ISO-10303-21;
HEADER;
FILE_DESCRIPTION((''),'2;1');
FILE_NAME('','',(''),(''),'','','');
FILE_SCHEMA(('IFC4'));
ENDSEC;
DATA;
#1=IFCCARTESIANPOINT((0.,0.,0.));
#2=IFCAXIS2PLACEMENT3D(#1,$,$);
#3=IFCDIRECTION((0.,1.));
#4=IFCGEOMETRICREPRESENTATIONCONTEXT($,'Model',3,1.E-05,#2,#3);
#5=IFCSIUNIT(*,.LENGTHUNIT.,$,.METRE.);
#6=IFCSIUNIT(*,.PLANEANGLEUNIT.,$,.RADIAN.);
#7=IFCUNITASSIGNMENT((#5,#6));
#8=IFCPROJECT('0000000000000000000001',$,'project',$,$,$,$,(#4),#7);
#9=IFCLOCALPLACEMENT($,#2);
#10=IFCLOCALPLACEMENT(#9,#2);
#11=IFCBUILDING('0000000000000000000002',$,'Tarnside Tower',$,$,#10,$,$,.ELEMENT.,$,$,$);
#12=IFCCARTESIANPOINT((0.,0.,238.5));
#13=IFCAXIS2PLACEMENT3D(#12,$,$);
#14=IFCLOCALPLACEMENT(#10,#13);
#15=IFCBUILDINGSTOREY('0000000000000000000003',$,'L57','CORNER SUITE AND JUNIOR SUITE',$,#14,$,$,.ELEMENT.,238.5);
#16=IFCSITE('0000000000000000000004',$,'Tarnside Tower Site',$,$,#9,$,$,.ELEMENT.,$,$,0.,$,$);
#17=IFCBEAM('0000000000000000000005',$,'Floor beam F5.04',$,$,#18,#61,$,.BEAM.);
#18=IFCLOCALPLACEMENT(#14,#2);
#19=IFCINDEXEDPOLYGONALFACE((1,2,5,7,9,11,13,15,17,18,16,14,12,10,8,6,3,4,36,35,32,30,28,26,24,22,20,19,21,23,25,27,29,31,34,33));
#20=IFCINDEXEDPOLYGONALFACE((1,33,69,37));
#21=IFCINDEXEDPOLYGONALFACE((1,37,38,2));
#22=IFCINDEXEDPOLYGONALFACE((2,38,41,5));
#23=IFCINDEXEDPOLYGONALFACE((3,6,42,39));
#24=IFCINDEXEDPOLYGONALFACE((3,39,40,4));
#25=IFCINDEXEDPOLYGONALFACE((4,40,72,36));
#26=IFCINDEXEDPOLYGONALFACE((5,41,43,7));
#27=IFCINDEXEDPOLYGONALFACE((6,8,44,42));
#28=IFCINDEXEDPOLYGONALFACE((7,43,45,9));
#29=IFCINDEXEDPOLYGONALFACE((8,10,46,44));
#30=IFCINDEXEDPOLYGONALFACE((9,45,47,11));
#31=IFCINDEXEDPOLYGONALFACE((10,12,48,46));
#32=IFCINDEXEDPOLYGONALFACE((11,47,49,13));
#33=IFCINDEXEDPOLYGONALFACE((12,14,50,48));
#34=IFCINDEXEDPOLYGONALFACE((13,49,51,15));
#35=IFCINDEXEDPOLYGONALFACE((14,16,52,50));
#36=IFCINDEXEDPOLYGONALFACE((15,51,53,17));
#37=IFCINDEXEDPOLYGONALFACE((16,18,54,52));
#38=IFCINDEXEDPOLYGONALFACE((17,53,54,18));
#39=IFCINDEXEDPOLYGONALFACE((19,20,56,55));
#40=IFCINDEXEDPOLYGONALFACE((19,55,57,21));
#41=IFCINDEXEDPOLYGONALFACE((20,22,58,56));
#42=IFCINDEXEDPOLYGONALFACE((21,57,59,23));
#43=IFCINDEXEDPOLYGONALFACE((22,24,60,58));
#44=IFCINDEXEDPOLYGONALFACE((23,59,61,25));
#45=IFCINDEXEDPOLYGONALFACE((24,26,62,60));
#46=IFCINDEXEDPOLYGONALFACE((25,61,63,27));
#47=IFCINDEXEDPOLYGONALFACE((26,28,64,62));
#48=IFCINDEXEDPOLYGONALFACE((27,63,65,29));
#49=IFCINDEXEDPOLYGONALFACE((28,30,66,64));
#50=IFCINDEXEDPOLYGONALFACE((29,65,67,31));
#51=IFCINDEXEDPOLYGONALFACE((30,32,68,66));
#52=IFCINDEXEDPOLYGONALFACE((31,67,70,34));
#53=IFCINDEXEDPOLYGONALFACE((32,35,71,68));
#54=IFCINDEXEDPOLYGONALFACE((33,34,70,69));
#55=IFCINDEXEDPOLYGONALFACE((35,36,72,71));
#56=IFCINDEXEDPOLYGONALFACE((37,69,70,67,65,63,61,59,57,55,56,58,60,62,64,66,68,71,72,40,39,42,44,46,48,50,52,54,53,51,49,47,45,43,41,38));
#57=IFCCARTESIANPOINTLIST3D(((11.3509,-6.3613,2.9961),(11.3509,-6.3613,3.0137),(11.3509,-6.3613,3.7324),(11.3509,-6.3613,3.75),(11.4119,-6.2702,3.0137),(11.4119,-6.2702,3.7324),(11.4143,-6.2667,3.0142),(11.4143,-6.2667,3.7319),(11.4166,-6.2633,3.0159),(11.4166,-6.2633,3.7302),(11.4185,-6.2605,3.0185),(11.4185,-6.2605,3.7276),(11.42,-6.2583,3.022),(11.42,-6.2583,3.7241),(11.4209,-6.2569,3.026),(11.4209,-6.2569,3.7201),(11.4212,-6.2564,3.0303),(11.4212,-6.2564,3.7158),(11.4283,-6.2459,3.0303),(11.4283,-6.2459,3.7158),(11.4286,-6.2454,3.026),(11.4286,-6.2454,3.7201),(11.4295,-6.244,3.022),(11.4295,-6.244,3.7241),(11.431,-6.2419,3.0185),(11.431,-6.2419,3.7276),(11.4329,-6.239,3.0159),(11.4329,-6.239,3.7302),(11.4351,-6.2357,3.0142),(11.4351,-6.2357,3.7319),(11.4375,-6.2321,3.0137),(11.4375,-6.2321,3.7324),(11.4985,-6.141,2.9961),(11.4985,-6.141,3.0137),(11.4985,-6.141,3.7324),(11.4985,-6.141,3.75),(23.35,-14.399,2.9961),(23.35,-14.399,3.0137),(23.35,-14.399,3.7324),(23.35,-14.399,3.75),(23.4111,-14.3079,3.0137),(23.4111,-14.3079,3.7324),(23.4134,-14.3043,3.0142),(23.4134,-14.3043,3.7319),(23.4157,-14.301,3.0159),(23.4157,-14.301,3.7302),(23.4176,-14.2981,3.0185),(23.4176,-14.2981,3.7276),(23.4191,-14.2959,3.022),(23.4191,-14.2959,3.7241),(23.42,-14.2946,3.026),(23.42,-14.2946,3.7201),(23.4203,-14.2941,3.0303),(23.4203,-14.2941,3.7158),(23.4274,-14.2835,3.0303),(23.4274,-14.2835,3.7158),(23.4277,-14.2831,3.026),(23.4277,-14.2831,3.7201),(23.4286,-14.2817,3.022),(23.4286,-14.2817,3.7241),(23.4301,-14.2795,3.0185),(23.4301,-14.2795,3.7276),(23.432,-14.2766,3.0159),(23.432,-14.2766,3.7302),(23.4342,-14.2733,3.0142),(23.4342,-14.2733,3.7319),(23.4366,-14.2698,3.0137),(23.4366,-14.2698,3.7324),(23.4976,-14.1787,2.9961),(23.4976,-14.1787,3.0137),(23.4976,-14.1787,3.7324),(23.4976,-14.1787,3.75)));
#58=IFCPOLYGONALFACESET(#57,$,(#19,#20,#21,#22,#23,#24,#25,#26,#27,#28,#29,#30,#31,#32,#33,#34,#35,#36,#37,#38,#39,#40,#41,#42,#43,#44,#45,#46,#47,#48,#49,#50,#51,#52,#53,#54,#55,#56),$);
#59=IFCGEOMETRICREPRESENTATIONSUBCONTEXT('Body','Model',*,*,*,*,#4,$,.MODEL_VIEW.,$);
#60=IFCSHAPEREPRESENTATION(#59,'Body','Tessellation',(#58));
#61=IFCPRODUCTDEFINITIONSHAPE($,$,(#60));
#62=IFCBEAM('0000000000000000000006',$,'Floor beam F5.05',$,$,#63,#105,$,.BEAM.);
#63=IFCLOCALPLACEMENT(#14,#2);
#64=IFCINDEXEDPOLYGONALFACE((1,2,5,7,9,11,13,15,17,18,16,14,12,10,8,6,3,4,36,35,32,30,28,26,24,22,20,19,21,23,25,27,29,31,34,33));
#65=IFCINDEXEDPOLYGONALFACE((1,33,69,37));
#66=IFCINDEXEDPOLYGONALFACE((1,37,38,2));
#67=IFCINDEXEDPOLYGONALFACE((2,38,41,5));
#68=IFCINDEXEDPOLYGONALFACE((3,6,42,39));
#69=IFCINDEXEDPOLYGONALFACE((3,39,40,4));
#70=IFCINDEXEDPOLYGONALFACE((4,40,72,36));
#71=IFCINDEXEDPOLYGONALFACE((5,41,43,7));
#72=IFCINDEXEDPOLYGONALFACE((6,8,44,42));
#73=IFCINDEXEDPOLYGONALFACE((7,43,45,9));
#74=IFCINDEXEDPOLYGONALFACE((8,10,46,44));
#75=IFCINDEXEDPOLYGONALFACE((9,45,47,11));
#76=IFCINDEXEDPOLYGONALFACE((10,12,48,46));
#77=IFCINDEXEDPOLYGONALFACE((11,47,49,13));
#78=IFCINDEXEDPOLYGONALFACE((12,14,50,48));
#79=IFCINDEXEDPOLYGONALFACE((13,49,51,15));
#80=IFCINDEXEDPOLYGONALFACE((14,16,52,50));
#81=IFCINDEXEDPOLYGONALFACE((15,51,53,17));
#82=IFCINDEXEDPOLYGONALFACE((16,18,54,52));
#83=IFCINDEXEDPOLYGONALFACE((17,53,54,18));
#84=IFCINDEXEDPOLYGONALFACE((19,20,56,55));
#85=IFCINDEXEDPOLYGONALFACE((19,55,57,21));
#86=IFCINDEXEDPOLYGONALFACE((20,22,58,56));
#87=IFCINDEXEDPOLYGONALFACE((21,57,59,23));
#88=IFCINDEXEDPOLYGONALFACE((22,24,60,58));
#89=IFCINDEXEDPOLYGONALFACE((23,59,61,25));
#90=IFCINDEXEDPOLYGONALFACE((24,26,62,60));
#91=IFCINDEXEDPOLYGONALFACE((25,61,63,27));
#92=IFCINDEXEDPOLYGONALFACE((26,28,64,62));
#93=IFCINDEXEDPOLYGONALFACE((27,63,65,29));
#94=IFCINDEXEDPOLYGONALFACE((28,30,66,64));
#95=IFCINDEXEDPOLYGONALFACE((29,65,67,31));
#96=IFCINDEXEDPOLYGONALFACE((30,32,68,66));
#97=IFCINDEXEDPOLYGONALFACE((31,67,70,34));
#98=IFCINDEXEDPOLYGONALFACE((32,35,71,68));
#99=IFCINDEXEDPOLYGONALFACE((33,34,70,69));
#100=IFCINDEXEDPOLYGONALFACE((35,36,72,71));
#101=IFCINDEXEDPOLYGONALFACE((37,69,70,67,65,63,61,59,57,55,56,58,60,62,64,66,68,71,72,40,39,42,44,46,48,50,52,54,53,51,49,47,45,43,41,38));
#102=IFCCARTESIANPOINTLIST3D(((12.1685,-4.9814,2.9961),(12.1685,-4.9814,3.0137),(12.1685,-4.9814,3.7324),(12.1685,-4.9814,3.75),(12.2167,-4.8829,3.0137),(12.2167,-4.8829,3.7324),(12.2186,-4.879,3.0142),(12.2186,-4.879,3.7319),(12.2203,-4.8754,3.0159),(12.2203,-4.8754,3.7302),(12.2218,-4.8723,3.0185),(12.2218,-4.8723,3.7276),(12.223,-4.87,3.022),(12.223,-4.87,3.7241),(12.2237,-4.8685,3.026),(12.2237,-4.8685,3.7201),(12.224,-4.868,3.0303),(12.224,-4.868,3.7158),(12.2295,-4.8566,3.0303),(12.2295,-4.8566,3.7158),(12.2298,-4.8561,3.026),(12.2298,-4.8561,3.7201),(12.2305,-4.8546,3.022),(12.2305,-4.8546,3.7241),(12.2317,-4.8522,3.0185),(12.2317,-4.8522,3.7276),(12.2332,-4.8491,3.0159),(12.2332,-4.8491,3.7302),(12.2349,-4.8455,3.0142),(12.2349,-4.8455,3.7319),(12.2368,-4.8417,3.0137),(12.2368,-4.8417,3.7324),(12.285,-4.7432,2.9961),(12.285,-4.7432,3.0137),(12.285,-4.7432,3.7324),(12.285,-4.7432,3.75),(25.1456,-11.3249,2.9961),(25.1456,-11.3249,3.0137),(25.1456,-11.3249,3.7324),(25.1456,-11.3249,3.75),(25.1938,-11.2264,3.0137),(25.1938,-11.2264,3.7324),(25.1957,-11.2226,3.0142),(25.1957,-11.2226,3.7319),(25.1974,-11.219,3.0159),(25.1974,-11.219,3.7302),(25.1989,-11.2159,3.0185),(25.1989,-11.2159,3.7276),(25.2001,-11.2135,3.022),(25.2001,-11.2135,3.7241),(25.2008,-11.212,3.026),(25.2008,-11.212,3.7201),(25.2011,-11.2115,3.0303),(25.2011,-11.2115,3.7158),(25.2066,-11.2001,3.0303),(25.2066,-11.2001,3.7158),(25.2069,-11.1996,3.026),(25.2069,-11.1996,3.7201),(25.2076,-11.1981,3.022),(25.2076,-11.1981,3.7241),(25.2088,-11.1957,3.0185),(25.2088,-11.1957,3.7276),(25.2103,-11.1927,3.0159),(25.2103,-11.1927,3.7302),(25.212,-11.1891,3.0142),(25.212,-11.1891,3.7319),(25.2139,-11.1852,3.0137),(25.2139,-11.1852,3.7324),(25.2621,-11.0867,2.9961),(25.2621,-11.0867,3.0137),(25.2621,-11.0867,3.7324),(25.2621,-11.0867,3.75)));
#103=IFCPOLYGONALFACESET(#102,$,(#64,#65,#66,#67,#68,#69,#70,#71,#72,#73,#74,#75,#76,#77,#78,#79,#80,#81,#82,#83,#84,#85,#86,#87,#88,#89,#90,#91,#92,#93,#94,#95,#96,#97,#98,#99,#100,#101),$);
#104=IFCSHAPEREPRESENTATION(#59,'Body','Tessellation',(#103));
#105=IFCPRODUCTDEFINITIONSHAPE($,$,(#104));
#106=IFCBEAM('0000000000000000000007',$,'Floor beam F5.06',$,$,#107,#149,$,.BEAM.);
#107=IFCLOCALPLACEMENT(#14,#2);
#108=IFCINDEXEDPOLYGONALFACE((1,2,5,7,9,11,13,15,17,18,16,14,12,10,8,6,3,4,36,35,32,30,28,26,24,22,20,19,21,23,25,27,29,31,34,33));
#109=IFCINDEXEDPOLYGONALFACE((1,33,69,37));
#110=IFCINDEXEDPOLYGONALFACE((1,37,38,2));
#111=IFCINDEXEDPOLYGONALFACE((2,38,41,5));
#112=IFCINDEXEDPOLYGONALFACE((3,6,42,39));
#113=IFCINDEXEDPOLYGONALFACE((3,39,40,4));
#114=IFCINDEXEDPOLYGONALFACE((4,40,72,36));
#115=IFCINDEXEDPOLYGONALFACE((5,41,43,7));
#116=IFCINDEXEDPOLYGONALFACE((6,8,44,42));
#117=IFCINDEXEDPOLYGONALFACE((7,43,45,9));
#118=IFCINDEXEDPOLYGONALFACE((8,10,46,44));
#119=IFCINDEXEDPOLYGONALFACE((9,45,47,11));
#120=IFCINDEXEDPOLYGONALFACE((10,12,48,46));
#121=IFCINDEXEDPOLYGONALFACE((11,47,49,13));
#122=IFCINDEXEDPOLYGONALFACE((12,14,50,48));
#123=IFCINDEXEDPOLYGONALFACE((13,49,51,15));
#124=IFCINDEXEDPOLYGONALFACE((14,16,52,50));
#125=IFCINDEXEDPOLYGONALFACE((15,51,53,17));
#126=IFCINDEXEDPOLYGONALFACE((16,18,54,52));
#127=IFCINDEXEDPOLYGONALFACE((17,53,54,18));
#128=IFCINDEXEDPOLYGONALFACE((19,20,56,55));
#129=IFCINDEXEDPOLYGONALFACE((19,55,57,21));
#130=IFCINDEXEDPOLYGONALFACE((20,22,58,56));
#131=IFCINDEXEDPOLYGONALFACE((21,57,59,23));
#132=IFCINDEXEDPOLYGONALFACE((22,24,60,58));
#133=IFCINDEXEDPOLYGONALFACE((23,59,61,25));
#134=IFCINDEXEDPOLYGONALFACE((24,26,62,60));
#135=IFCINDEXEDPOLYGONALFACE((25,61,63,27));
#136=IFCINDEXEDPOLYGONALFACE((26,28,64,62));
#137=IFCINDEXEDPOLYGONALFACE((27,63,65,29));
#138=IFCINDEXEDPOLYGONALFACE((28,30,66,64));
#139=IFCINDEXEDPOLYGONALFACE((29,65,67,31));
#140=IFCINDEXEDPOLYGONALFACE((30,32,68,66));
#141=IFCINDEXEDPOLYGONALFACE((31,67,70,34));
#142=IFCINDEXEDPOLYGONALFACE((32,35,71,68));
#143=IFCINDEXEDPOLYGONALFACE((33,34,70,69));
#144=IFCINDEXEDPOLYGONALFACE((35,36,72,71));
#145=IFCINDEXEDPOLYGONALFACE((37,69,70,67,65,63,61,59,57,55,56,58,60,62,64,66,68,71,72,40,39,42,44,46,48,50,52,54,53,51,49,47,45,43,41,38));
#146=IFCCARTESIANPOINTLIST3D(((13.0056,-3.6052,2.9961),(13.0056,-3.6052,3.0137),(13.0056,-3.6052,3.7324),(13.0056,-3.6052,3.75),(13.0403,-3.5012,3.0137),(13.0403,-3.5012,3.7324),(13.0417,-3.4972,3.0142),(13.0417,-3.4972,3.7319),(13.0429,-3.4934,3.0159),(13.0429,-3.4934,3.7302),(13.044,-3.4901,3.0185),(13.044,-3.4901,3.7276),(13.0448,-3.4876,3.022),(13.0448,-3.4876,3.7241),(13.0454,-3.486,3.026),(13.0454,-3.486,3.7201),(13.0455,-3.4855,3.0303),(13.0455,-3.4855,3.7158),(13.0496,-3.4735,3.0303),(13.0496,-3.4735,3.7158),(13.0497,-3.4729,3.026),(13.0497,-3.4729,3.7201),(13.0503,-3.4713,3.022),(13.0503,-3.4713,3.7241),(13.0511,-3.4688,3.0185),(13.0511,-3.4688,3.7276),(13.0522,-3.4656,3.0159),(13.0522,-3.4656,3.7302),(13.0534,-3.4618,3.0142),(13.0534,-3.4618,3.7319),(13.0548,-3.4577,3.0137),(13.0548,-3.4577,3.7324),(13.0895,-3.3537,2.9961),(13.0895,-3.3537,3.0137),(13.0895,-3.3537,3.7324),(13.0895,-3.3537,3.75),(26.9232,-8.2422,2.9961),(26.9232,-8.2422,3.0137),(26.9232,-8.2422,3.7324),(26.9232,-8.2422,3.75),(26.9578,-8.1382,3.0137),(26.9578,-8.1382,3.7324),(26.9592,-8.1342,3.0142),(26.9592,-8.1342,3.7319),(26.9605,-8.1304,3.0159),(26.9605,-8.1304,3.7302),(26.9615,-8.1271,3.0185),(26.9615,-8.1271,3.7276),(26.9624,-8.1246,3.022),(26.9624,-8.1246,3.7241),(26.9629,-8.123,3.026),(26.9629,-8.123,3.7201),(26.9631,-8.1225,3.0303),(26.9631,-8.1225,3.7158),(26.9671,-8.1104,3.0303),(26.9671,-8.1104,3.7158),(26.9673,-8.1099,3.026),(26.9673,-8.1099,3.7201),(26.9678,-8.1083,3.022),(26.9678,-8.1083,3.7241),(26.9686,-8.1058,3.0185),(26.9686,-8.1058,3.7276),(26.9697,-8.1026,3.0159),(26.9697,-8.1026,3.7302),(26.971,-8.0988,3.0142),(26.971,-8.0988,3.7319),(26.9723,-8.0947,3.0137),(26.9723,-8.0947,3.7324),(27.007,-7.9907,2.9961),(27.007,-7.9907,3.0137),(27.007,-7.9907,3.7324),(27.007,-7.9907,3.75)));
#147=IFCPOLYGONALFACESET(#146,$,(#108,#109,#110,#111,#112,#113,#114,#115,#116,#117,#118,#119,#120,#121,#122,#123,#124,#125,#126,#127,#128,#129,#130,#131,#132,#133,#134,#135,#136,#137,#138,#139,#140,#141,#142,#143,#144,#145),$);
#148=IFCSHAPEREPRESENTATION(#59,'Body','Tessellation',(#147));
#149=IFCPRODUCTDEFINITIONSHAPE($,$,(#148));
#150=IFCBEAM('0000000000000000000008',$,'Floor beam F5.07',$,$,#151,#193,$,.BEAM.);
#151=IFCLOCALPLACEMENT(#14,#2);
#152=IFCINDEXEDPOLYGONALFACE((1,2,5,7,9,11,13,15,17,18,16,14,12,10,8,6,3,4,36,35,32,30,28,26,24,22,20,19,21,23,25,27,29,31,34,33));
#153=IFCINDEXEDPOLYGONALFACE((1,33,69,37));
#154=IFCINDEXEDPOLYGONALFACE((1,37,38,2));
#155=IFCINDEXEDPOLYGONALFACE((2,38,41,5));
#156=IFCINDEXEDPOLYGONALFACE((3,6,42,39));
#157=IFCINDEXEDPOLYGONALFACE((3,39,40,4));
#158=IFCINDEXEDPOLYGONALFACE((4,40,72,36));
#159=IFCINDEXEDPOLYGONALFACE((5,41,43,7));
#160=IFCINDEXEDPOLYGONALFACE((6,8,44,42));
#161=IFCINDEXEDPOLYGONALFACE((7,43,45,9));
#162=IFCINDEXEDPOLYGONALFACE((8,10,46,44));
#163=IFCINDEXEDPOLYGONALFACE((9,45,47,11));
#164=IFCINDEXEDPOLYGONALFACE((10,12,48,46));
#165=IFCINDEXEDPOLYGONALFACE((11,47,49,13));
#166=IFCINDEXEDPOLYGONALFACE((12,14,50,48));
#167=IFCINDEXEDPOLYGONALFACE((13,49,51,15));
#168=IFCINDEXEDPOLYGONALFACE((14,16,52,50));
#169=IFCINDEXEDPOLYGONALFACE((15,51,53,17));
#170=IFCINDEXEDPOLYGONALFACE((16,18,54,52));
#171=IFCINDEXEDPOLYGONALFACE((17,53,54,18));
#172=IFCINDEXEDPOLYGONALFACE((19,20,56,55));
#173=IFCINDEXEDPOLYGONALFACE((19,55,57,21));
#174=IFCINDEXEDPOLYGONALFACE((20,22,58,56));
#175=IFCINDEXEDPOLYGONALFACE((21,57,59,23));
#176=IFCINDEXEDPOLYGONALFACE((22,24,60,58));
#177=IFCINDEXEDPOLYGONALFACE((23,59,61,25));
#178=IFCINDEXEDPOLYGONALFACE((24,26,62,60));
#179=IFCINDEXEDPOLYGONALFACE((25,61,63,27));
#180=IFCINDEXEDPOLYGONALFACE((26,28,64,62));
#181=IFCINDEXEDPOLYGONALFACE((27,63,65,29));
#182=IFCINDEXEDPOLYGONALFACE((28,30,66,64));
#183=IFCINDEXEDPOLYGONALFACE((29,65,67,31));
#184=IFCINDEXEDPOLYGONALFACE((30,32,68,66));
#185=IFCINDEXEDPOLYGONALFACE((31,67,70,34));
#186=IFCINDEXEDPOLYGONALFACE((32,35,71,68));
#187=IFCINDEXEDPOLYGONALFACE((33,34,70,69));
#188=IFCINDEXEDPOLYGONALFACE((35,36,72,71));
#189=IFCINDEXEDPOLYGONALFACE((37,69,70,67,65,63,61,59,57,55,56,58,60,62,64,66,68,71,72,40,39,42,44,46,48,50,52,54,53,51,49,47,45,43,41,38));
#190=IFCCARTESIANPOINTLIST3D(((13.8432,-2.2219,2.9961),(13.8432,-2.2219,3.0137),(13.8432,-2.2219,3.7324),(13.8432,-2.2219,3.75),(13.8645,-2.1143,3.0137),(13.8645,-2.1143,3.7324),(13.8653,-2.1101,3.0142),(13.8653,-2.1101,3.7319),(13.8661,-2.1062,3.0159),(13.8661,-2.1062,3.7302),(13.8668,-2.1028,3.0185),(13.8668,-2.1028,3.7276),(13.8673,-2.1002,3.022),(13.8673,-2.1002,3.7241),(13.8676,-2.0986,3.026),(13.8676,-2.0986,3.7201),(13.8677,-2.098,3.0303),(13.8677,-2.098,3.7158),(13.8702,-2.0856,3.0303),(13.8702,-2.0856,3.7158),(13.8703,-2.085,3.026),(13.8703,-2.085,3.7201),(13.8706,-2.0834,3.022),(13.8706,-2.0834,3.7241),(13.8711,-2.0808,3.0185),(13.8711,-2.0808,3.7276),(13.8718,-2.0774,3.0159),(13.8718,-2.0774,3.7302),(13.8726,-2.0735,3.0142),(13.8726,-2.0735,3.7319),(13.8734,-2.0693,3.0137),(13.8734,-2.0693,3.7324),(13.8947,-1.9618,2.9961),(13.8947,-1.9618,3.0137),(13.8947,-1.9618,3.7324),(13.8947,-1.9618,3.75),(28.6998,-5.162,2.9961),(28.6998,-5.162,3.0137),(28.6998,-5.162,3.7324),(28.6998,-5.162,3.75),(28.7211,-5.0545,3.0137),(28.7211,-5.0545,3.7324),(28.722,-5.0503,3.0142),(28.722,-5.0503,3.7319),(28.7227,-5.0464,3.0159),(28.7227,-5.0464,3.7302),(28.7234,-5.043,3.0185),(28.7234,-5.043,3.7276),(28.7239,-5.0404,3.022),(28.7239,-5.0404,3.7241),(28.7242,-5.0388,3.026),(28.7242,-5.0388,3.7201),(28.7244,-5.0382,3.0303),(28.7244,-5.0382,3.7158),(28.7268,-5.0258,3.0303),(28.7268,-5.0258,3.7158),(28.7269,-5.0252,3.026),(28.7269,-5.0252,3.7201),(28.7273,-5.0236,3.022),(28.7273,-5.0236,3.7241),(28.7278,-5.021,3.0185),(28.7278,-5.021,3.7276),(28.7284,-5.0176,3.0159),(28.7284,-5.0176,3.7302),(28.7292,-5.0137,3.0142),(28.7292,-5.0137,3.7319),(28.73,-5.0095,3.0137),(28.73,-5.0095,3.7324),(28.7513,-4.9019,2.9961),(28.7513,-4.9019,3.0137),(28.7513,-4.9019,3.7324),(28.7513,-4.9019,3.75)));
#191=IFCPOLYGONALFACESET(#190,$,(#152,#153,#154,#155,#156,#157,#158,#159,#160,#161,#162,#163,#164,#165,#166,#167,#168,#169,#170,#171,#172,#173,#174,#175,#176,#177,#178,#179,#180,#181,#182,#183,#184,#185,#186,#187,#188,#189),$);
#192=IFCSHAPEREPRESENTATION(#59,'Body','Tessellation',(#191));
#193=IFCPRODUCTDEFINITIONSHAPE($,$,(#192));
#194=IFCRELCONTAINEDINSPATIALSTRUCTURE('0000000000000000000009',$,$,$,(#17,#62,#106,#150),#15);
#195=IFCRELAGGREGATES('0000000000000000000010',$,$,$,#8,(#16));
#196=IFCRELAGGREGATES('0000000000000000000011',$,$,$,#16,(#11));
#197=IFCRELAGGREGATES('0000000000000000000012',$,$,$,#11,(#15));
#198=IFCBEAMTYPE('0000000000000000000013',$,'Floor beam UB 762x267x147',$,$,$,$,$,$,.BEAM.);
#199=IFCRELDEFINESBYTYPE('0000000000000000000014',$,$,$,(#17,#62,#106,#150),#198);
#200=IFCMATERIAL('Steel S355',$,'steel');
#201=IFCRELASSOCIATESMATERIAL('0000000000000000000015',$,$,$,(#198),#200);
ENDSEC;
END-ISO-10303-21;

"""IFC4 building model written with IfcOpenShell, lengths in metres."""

from ifc_helpers import new_model, si_unit, direction, frame, origin, origin_2d, place, context, subcontext, project, spatial, i_section, extrude, material, material_profile, profile_set, type_object, element, save


model = new_model("IFC4")

# Units and contexts
model_context = context("Model", 3, precision=1e-05, world=origin(), true_north=direction((0.0, 1.0)))
body_context = subcontext(model_context, "Body", "Model", "MODEL_VIEW")
ifc_project = project(units=[si_unit("LENGTHUNIT", "METRE"), si_unit("PLANEANGLEUNIT", "RADIAN")], contexts=[model_context])

# Site, building, storey
site_placement = place(None, origin())
site = spatial("IfcSite", under=ifc_project, at=site_placement, Name="Tarnside Tower Site", CompositionType="ELEMENT", RefElevation=0.0)
building_placement = place(site_placement, origin())
building = spatial("IfcBuilding", under=site, at=building_placement, Name="Tarnside Tower", CompositionType="ELEMENT")
storey_placement = place(building_placement, frame((0.0, 0.0, 238.5)))
storey = spatial("IfcBuildingStorey", under=building, at=storey_placement, Name="L57", Description="CORNER SUITE AND JUNIOR SUITE", CompositionType="ELEMENT", Elevation=238.5)

# Beams
ifc_material_1 = material(Name="Steel S355", Category="steel")
ifc_material_profile_1 = material_profile(ifc_material_1, i_section(OverallWidth=0.2651, OverallDepth=0.7539, WebThickness=0.0127, FlangeThickness=0.0176, FilletRadius=0.0166, at=origin_2d()), Name="UB 762x267x147")
ifc_profile_set_1 = profile_set([ifc_material_profile_1], Name="Steel S355")
beam_type_1 = type_object("IfcBeamType", Name="Floor beam UB 762x267x147", PredefinedType="BEAM", material=ifc_profile_set_1)
beam_1_placement = place(storey_placement, frame((23.4238, -14.2888, 3.373), z_axis=(-0.830826, 0.556532, 0.0), x_axis=(-0.556532, -0.830826, 0.0)))
element("IfcBeam", 1, at=beam_1_placement, inside=storey, type_object=beam_type_1, Name="Floor beam F5.04", PredefinedType="BEAM", context=body_context, shape_type="SweptSolid", body=[
    extrude(i_section(OverallWidth=0.2651, OverallDepth=0.7539, WebThickness=0.0127, FlangeThickness=0.0176, FilletRadius=0.0166, at=origin_2d()), origin(), (0.0, 0.0, 1.0), 14.4424),
])
beam_2_placement = place(storey_placement, frame((25.2039, -11.2058, 3.373), z_axis=(-0.898407, 0.439164, 0.0), x_axis=(-0.439164, -0.898407, 0.0)))
element("IfcBeam", 2, at=beam_2_placement, inside=storey, type_object=beam_type_1, Name="Floor beam F5.05", PredefinedType="BEAM", context=body_context, shape_type="SweptSolid", body=[
    extrude(i_section(OverallWidth=0.2651, OverallDepth=0.7539, WebThickness=0.0127, FlangeThickness=0.0176, FilletRadius=0.0166, at=origin_2d()), origin(), (0.0, 0.0, 1.0), 14.4446),
])
beam_3_placement = place(storey_placement, frame((26.9651, -8.1165, 3.373), z_axis=(-0.948728, 0.316093, 0.0), x_axis=(-0.316093, -0.948728, 0.0)))
element("IfcBeam", 3, at=beam_3_placement, inside=storey, type_object=beam_type_1, Name="Floor beam F5.06", PredefinedType="BEAM", context=body_context, shape_type="SweptSolid", body=[
    extrude(i_section(OverallWidth=0.2651, OverallDepth=0.7539, WebThickness=0.0127, FlangeThickness=0.0176, FilletRadius=0.0166, at=origin_2d()), origin(), (0.0, 0.0, 1.0), 14.6697),
])
beam_4_placement = place(storey_placement, frame((28.7256, -5.032, 3.373), z_axis=(-0.980974, 0.194138, 0.0), x_axis=(-0.194138, -0.980974, 0.0)))
element("IfcBeam", 4, at=beam_4_placement, inside=storey, type_object=beam_type_1, Name="Floor beam F5.07", PredefinedType="BEAM", context=body_context, shape_type="SweptSolid", body=[
    extrude(i_section(OverallWidth=0.2651, OverallDepth=0.7539, WebThickness=0.0127, FlangeThickness=0.0176, FilletRadius=0.0166, at=origin_2d()), origin(), (0.0, 0.0, 1.0), 15.1448),
])

save(model, "model.ifc")
